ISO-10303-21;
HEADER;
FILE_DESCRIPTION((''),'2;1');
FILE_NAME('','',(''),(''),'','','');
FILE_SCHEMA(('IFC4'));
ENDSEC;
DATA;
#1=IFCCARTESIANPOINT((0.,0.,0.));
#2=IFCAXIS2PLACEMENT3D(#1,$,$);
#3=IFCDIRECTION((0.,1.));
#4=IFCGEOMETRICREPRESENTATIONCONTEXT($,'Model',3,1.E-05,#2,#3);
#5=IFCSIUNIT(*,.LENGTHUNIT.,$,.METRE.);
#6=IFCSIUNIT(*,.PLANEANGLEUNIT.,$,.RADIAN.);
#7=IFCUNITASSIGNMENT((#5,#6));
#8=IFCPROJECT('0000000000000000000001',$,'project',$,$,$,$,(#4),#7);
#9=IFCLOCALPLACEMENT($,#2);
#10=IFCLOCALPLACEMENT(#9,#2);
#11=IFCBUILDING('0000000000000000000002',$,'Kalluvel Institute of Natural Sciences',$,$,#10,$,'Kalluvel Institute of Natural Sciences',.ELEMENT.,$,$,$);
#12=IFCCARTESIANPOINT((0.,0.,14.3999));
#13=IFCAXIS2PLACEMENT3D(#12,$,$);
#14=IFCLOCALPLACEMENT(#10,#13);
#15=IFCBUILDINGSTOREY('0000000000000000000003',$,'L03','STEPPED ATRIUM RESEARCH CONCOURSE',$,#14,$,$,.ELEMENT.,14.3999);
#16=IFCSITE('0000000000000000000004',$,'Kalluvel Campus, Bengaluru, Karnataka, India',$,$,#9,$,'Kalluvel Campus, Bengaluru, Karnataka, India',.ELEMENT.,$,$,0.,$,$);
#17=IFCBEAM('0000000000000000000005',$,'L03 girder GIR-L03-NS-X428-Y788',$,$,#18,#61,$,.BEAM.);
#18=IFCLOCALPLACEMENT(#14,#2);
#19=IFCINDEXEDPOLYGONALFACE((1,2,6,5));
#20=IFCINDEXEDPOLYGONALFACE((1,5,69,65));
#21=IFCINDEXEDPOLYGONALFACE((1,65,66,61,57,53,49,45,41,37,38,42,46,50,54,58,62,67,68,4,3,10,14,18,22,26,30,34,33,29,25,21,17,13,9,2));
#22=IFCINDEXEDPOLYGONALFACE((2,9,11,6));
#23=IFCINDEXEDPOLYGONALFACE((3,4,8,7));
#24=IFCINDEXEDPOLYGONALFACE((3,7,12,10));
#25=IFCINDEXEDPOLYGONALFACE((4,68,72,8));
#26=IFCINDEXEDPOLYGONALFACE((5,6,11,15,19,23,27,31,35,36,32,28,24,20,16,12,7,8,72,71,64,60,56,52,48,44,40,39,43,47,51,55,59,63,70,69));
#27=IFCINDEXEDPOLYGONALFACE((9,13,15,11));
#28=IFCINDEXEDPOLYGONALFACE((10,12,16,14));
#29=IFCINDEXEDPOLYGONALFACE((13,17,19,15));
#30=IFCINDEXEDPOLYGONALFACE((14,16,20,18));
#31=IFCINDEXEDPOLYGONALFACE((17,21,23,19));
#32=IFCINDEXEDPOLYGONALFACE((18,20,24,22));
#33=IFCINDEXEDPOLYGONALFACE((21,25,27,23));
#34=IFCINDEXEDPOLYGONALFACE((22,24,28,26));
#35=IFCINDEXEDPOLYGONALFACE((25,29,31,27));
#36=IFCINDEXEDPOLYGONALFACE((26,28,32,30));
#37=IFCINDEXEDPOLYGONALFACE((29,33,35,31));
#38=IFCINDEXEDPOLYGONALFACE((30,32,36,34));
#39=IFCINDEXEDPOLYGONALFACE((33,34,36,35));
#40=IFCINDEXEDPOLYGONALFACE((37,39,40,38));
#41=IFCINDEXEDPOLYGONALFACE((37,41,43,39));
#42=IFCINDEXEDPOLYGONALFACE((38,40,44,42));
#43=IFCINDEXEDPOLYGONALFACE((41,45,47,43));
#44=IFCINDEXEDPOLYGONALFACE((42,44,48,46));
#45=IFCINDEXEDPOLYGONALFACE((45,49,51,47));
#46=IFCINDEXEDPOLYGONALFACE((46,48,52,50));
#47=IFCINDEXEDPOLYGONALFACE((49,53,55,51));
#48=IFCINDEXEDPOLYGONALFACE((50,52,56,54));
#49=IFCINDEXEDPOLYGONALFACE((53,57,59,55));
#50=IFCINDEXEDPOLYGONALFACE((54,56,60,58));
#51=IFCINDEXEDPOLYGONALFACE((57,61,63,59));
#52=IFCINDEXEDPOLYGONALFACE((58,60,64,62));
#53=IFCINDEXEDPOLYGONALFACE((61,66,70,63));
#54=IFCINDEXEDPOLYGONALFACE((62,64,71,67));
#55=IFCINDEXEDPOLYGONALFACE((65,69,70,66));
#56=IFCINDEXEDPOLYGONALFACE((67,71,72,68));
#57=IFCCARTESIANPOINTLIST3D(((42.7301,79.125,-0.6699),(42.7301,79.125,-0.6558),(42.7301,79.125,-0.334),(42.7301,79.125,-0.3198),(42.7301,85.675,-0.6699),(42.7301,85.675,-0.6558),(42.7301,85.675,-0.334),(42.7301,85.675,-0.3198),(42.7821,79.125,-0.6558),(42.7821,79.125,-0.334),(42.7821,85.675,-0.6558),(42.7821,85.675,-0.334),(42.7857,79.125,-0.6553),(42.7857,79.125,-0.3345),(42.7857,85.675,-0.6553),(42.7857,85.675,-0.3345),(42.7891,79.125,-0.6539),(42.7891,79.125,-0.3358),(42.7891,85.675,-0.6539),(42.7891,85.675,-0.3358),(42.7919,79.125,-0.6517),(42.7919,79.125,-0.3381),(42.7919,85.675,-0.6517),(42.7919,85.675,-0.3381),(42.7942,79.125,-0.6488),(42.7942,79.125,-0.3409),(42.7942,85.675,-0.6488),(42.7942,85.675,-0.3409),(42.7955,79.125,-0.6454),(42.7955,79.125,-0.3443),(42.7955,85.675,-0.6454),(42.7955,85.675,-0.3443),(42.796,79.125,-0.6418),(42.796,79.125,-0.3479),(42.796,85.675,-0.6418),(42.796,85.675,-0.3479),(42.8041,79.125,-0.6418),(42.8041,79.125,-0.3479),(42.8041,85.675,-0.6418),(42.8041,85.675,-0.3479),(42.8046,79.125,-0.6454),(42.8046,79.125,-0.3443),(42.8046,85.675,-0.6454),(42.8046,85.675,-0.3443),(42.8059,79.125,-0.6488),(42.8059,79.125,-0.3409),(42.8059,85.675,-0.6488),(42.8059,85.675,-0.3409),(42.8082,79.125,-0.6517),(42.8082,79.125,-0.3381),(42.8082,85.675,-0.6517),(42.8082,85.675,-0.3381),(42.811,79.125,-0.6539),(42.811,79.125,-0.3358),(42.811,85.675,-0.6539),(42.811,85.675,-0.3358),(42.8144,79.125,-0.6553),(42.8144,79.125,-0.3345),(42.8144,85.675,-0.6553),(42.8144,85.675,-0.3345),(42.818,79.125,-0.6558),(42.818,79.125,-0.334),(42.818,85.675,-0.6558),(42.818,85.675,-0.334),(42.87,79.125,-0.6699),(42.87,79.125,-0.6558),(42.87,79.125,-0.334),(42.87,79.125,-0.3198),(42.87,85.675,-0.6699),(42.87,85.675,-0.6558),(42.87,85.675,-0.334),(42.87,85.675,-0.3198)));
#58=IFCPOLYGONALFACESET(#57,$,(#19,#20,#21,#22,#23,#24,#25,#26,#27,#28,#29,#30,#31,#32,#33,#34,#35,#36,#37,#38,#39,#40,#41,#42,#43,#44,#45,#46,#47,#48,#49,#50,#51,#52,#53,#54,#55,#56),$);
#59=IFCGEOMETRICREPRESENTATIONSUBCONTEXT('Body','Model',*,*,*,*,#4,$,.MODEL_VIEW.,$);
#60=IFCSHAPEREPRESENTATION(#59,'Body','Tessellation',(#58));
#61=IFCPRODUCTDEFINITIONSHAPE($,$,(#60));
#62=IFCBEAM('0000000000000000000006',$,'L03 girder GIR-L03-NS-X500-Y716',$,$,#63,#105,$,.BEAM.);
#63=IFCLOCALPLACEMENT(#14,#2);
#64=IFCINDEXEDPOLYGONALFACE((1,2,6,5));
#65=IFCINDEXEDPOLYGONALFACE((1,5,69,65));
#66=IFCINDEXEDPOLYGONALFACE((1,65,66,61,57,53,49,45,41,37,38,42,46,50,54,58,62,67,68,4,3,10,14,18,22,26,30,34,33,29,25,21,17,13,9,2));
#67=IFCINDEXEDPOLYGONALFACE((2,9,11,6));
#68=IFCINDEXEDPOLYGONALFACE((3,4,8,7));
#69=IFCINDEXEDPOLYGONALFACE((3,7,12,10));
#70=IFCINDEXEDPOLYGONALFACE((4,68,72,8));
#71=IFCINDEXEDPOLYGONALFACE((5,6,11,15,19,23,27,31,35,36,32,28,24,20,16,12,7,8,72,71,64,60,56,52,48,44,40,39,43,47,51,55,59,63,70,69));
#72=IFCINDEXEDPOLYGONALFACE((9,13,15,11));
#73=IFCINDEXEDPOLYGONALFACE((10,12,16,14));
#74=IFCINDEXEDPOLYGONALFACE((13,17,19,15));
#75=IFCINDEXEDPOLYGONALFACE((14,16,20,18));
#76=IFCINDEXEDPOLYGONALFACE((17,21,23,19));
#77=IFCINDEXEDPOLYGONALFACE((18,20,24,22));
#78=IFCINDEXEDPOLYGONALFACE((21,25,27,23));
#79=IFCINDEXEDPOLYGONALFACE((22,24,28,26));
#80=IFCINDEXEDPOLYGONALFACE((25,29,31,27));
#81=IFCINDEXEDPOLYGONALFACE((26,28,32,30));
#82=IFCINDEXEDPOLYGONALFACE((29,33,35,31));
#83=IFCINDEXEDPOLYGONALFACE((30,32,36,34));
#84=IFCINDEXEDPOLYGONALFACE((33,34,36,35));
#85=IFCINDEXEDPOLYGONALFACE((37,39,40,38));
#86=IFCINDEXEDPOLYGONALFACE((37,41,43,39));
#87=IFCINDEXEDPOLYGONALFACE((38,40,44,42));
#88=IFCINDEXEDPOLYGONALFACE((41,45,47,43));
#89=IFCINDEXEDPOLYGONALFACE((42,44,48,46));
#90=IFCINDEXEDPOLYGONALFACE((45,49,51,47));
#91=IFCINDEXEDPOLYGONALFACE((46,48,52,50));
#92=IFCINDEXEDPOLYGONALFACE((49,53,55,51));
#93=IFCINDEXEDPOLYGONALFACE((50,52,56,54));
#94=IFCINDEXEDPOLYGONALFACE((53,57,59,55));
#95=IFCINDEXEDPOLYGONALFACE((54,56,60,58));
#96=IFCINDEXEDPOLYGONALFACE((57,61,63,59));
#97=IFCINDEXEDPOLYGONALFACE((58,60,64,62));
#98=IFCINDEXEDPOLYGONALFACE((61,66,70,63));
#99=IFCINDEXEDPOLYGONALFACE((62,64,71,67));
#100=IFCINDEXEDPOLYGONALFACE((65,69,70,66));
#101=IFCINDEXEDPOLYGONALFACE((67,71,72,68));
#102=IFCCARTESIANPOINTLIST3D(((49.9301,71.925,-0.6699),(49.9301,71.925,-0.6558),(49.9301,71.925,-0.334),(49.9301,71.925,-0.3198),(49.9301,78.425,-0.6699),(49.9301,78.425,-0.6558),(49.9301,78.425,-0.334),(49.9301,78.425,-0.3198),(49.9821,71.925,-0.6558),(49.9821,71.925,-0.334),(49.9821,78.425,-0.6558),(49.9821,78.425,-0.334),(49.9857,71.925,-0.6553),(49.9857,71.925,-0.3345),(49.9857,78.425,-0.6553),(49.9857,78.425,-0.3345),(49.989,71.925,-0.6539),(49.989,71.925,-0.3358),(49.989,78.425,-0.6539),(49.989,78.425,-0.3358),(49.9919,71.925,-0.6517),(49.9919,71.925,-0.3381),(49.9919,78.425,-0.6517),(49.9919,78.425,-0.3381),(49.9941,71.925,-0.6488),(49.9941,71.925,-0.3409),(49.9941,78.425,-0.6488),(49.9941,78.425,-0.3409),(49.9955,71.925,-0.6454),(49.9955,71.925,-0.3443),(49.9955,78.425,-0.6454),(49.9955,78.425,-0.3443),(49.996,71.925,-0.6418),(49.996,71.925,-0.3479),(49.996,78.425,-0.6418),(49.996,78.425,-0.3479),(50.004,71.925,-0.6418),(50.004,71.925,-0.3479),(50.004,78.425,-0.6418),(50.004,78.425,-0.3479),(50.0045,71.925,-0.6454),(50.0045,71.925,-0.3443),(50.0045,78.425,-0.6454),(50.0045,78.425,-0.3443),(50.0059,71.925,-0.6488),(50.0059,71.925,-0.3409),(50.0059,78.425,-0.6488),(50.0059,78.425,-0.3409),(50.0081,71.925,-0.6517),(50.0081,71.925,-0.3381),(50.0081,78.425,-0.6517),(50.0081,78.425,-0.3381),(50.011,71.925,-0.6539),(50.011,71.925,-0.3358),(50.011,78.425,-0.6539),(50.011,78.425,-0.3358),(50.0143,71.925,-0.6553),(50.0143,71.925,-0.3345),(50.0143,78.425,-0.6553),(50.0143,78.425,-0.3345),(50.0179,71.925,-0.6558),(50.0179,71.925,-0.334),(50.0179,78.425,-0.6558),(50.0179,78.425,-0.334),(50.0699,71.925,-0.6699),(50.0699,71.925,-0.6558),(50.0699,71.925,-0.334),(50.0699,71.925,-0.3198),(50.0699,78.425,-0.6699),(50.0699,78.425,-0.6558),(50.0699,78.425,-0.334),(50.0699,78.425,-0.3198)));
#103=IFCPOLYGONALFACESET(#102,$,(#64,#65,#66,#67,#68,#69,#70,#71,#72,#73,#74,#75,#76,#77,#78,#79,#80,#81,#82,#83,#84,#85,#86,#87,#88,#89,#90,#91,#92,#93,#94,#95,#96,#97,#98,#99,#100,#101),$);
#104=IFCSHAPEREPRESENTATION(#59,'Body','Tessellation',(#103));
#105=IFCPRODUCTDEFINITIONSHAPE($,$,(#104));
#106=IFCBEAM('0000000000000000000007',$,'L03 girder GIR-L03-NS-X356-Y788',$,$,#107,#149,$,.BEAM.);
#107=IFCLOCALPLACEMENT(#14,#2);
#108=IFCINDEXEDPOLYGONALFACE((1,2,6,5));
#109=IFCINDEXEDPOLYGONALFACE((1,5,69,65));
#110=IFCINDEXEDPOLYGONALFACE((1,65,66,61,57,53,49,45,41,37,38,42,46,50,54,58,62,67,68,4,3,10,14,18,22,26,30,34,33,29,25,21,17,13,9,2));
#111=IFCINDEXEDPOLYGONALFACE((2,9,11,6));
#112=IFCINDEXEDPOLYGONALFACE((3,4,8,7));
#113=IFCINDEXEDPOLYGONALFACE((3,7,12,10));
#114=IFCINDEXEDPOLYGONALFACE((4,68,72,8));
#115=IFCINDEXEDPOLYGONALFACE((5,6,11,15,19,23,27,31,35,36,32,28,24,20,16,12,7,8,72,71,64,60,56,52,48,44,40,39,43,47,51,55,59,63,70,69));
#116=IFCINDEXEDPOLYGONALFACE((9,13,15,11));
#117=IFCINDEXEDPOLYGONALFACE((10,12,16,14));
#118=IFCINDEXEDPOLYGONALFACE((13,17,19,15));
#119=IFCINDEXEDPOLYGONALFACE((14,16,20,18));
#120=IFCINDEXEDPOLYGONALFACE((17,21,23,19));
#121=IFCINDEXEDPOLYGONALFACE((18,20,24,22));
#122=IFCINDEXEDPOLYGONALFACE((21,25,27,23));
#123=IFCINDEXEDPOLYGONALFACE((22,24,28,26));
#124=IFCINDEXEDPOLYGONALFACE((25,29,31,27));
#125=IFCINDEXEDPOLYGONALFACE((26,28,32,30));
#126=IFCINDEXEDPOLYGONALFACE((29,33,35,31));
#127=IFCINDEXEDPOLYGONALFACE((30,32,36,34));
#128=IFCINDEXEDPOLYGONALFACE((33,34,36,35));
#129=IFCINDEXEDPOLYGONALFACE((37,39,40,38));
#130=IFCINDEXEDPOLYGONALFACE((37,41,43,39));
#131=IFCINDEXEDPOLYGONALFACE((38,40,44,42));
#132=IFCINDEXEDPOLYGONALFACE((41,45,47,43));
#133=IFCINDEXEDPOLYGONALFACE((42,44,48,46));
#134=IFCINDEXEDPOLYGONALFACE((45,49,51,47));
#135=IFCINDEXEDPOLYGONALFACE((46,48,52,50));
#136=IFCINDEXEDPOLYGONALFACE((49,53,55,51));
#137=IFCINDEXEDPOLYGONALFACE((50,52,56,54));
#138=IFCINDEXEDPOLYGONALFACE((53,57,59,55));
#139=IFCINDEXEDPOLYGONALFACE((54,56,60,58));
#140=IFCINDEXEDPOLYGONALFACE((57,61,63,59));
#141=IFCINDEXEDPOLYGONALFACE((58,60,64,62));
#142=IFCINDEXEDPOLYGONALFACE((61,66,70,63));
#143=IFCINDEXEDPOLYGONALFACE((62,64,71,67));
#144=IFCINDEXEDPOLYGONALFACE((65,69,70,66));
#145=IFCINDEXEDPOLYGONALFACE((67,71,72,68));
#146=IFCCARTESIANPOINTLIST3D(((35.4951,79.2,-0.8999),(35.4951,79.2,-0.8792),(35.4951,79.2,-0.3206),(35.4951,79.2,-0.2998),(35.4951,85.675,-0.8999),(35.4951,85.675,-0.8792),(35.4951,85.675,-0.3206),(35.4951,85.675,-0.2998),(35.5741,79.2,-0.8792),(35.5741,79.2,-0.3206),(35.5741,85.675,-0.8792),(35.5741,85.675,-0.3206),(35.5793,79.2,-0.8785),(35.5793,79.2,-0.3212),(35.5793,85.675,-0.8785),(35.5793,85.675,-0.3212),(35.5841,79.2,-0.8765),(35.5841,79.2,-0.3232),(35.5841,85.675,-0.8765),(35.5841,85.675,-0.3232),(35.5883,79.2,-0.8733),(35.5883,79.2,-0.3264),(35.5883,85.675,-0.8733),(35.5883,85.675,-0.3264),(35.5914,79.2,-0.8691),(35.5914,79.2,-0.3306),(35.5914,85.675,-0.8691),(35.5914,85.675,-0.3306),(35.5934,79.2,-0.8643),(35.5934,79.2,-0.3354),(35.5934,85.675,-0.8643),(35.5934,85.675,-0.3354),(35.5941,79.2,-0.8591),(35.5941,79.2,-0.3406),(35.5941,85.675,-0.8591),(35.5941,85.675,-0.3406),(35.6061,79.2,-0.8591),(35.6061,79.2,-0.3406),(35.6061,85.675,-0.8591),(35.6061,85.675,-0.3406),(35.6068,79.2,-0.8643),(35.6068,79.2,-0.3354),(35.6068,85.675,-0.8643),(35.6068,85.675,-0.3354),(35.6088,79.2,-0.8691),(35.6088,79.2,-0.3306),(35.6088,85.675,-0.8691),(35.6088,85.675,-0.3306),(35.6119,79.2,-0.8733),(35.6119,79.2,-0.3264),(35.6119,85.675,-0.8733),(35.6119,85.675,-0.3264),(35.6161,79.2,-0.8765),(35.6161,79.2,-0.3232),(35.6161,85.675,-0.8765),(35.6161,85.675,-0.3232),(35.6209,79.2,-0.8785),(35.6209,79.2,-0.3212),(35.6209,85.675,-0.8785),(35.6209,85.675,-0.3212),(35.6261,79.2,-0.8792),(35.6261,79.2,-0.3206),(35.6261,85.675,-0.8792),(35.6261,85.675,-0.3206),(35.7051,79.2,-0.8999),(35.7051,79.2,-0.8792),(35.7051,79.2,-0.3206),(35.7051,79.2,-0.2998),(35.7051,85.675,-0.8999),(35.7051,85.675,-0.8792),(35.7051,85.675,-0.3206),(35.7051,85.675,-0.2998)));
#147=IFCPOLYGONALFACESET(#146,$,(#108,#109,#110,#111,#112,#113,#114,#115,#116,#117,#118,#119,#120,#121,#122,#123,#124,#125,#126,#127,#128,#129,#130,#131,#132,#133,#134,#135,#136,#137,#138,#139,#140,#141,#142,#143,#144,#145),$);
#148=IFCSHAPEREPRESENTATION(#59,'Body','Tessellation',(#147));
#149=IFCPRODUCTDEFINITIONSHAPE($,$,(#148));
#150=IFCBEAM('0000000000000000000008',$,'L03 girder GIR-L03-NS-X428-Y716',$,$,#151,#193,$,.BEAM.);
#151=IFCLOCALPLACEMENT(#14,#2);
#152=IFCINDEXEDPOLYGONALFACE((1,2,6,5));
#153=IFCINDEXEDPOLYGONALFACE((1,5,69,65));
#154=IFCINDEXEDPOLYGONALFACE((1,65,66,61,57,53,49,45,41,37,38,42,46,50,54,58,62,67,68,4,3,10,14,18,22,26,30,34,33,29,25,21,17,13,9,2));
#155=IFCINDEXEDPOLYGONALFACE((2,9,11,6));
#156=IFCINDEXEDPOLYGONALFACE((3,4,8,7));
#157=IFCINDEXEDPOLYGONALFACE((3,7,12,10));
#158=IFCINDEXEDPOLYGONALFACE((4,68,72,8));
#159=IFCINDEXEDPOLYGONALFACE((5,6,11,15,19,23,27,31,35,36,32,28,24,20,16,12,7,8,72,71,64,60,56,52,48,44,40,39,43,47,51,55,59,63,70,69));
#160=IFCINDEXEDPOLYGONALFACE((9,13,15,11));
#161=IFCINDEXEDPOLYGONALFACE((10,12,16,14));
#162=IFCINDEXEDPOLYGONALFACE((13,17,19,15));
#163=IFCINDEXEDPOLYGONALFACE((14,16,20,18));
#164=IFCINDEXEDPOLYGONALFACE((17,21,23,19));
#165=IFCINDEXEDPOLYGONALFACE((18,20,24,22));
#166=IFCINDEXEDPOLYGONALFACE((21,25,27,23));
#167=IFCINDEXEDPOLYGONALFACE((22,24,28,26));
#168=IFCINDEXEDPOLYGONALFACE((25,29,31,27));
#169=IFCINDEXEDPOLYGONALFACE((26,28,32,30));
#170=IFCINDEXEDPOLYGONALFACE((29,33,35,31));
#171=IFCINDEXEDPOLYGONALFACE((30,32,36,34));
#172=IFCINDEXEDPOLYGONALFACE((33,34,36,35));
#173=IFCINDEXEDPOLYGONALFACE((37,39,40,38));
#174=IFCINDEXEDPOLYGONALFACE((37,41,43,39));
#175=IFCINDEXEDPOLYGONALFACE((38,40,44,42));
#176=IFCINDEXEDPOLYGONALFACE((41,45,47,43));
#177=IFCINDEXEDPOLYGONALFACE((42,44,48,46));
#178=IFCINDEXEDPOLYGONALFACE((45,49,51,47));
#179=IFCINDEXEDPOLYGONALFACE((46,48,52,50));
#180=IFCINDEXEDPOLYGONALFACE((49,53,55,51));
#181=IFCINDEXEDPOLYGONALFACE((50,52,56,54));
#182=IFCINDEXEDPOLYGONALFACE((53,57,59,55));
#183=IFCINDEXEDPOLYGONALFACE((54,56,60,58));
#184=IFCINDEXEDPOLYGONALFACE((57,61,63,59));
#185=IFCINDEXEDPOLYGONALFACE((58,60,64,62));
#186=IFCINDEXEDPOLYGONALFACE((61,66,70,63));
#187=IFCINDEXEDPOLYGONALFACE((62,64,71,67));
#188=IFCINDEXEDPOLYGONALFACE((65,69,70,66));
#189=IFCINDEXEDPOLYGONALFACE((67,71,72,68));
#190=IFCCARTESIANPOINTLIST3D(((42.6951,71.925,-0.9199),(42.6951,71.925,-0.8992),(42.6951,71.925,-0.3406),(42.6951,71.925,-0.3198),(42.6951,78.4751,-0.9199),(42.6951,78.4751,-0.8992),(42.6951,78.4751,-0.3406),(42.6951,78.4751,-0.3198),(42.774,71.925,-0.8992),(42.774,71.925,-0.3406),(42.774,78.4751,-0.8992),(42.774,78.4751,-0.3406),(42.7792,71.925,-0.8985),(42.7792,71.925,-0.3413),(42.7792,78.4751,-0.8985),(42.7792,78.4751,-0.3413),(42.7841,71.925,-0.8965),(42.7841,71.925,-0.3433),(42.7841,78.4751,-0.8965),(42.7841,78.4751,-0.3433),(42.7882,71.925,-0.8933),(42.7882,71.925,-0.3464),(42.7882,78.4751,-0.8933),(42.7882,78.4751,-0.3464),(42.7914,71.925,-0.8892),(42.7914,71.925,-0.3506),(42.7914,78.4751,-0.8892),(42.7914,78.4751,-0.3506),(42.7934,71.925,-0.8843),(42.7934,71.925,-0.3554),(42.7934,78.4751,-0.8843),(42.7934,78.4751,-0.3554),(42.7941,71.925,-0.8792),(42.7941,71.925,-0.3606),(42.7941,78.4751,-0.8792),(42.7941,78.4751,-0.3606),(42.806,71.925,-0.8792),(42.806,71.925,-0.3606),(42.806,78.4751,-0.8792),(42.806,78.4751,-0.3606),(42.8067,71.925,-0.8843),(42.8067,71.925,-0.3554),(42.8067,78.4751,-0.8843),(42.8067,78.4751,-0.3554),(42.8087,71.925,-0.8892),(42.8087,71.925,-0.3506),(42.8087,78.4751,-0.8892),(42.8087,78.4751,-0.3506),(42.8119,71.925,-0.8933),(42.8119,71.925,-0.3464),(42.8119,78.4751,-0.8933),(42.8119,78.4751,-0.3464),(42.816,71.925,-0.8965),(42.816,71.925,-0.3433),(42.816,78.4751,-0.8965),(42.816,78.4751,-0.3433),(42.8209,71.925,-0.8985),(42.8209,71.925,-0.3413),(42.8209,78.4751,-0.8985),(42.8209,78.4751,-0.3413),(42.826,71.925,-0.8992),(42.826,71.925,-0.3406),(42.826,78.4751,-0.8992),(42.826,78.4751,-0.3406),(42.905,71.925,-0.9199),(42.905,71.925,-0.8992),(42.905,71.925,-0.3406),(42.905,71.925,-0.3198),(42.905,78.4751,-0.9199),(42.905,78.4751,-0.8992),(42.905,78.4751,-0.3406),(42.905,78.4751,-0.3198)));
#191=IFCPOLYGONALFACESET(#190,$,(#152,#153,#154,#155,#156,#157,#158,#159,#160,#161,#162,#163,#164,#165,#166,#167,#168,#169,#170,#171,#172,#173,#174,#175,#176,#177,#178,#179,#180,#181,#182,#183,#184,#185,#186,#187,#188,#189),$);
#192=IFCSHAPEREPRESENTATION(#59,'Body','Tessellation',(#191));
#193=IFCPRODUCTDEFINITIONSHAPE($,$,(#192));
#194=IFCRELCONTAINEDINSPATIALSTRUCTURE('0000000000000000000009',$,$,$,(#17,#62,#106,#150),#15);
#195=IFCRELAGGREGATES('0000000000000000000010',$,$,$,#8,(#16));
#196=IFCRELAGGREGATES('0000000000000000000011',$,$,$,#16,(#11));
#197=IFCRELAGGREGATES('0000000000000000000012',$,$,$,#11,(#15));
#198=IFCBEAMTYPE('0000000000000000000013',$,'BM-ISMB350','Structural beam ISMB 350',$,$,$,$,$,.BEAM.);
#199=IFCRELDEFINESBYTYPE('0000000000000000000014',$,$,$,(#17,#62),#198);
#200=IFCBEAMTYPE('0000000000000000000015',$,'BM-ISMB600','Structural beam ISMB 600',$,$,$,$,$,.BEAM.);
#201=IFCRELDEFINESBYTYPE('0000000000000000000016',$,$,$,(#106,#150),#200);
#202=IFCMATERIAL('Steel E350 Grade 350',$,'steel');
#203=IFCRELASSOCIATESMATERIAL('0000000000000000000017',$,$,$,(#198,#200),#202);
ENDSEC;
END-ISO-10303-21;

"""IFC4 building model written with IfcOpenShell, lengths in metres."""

from ifc_helpers import new_model, si_unit, direction, frame, origin, origin_2d, place, context, subcontext, project, spatial, i_section, extrude, material, material_profile, profile_set, type_object, element, save


model = new_model("IFC4")

# Units and contexts
model_context = context("Model", 3, precision=1e-05, world=origin(), true_north=direction((0.0, 1.0)))
body_context = subcontext(model_context, "Body", "Model", "MODEL_VIEW")
ifc_project = project(units=[si_unit("LENGTHUNIT", "METRE"), si_unit("PLANEANGLEUNIT", "RADIAN")], contexts=[model_context])

# Site, building, storey
site_placement = place(None, origin())
site = spatial("IfcSite", under=ifc_project, at=site_placement, Name="Kalluvel Campus, Bengaluru, Karnataka, India", LongName="Kalluvel Campus, Bengaluru, Karnataka, India", CompositionType="ELEMENT", RefElevation=0.0)
building_placement = place(site_placement, origin())
building = spatial("IfcBuilding", under=site, at=building_placement, Name="Kalluvel Institute of Natural Sciences", LongName="Kalluvel Institute of Natural Sciences", CompositionType="ELEMENT")
storey_placement = place(building_placement, frame((0.0, 0.0, 14.3999)))
storey = spatial("IfcBuildingStorey", under=building, at=storey_placement, Name="L03", Description="STEPPED ATRIUM RESEARCH CONCOURSE", CompositionType="ELEMENT", Elevation=14.3999)

# Beams
ifc_material_1 = material(Name="Steel E350 Grade 350", Category="steel")
ifc_material_profile_1 = material_profile(ifc_material_1, i_section(OverallWidth=0.1399, OverallDepth=0.3501, WebThickness=0.0081, FlangeThickness=0.0142, FilletRadius=0.0139, at=origin_2d()), Name="ISMB 350")
ifc_profile_set_1 = profile_set([ifc_material_profile_1], Name="Steel E350 Grade 350")
beam_type_1 = type_object("IfcBeamType", Name="BM-ISMB350", Description="Structural beam ISMB 350", PredefinedType="BEAM", material=ifc_profile_set_1)
beam_1_placement = place(storey_placement, frame((42.8, 79.125, -0.4949), z_axis=(0.0, 1.0, 0.0), x_axis=(-1.0, 0.0, 0.0)))
element("IfcBeam", 1, at=beam_1_placement, inside=storey, type_object=beam_type_1, Name="L03 girder GIR-L03-NS-X428-Y788", PredefinedType="BEAM", context=body_context, shape_type="SweptSolid", body=[
    extrude(i_section(OverallWidth=0.1399, OverallDepth=0.3501, WebThickness=0.0081, FlangeThickness=0.0142, FilletRadius=0.0139, at=origin_2d()), origin(), (0.0, 0.0, 1.0), 6.55),
])
beam_2_placement = place(storey_placement, frame((50.0, 71.925, -0.4949), z_axis=(0.0, 1.0, 0.0), x_axis=(-1.0, 0.0, 0.0)))
element("IfcBeam", 2, at=beam_2_placement, inside=storey, type_object=beam_type_1, Name="L03 girder GIR-L03-NS-X500-Y716", PredefinedType="BEAM", context=body_context, shape_type="SweptSolid", body=[
    extrude(i_section(OverallWidth=0.1399, OverallDepth=0.3501, WebThickness=0.0081, FlangeThickness=0.0142, FilletRadius=0.0139, at=origin_2d()), origin(), (0.0, 0.0, 1.0), 6.5),
])
ifc_material_profile_2 = material_profile(ifc_material_1, i_section(OverallWidth=0.21, OverallDepth=0.6001, WebThickness=0.012, FlangeThickness=0.0208, FilletRadius=0.02, at=origin_2d()), Name="ISMB 600")
ifc_profile_set_2 = profile_set([ifc_material_profile_2], Name="Steel E350 Grade 350")
beam_type_2 = type_object("IfcBeamType", Name="BM-ISMB600", Description="Structural beam ISMB 600", PredefinedType="BEAM", material=ifc_profile_set_2)
beam_3_placement = place(storey_placement, frame((35.6001, 79.2, -0.5999), z_axis=(0.0, 1.0, 0.0), x_axis=(-1.0, 0.0, 0.0)))
element("IfcBeam", 3, at=beam_3_placement, inside=storey, type_object=beam_type_2, Name="L03 girder GIR-L03-NS-X356-Y788", PredefinedType="BEAM", context=body_context, shape_type="SweptSolid", body=[
    extrude(i_section(OverallWidth=0.21, OverallDepth=0.6001, WebThickness=0.012, FlangeThickness=0.0208, FilletRadius=0.02, at=origin_2d()), origin(), (0.0, 0.0, 1.0), 6.4751),
])
beam_4_placement = place(storey_placement, frame((42.8, 71.925, -0.6199), z_axis=(0.0, 1.0, 0.0), x_axis=(-1.0, 0.0, 0.0)))
element("IfcBeam", 4, at=beam_4_placement, inside=storey, type_object=beam_type_2, Name="L03 girder GIR-L03-NS-X428-Y716", PredefinedType="BEAM", context=body_context, shape_type="SweptSolid", body=[
    extrude(i_section(OverallWidth=0.21, OverallDepth=0.6001, WebThickness=0.012, FlangeThickness=0.0208, FilletRadius=0.02, at=origin_2d()), origin(), (0.0, 0.0, 1.0), 6.55),
])

save(model, "model.ifc")
